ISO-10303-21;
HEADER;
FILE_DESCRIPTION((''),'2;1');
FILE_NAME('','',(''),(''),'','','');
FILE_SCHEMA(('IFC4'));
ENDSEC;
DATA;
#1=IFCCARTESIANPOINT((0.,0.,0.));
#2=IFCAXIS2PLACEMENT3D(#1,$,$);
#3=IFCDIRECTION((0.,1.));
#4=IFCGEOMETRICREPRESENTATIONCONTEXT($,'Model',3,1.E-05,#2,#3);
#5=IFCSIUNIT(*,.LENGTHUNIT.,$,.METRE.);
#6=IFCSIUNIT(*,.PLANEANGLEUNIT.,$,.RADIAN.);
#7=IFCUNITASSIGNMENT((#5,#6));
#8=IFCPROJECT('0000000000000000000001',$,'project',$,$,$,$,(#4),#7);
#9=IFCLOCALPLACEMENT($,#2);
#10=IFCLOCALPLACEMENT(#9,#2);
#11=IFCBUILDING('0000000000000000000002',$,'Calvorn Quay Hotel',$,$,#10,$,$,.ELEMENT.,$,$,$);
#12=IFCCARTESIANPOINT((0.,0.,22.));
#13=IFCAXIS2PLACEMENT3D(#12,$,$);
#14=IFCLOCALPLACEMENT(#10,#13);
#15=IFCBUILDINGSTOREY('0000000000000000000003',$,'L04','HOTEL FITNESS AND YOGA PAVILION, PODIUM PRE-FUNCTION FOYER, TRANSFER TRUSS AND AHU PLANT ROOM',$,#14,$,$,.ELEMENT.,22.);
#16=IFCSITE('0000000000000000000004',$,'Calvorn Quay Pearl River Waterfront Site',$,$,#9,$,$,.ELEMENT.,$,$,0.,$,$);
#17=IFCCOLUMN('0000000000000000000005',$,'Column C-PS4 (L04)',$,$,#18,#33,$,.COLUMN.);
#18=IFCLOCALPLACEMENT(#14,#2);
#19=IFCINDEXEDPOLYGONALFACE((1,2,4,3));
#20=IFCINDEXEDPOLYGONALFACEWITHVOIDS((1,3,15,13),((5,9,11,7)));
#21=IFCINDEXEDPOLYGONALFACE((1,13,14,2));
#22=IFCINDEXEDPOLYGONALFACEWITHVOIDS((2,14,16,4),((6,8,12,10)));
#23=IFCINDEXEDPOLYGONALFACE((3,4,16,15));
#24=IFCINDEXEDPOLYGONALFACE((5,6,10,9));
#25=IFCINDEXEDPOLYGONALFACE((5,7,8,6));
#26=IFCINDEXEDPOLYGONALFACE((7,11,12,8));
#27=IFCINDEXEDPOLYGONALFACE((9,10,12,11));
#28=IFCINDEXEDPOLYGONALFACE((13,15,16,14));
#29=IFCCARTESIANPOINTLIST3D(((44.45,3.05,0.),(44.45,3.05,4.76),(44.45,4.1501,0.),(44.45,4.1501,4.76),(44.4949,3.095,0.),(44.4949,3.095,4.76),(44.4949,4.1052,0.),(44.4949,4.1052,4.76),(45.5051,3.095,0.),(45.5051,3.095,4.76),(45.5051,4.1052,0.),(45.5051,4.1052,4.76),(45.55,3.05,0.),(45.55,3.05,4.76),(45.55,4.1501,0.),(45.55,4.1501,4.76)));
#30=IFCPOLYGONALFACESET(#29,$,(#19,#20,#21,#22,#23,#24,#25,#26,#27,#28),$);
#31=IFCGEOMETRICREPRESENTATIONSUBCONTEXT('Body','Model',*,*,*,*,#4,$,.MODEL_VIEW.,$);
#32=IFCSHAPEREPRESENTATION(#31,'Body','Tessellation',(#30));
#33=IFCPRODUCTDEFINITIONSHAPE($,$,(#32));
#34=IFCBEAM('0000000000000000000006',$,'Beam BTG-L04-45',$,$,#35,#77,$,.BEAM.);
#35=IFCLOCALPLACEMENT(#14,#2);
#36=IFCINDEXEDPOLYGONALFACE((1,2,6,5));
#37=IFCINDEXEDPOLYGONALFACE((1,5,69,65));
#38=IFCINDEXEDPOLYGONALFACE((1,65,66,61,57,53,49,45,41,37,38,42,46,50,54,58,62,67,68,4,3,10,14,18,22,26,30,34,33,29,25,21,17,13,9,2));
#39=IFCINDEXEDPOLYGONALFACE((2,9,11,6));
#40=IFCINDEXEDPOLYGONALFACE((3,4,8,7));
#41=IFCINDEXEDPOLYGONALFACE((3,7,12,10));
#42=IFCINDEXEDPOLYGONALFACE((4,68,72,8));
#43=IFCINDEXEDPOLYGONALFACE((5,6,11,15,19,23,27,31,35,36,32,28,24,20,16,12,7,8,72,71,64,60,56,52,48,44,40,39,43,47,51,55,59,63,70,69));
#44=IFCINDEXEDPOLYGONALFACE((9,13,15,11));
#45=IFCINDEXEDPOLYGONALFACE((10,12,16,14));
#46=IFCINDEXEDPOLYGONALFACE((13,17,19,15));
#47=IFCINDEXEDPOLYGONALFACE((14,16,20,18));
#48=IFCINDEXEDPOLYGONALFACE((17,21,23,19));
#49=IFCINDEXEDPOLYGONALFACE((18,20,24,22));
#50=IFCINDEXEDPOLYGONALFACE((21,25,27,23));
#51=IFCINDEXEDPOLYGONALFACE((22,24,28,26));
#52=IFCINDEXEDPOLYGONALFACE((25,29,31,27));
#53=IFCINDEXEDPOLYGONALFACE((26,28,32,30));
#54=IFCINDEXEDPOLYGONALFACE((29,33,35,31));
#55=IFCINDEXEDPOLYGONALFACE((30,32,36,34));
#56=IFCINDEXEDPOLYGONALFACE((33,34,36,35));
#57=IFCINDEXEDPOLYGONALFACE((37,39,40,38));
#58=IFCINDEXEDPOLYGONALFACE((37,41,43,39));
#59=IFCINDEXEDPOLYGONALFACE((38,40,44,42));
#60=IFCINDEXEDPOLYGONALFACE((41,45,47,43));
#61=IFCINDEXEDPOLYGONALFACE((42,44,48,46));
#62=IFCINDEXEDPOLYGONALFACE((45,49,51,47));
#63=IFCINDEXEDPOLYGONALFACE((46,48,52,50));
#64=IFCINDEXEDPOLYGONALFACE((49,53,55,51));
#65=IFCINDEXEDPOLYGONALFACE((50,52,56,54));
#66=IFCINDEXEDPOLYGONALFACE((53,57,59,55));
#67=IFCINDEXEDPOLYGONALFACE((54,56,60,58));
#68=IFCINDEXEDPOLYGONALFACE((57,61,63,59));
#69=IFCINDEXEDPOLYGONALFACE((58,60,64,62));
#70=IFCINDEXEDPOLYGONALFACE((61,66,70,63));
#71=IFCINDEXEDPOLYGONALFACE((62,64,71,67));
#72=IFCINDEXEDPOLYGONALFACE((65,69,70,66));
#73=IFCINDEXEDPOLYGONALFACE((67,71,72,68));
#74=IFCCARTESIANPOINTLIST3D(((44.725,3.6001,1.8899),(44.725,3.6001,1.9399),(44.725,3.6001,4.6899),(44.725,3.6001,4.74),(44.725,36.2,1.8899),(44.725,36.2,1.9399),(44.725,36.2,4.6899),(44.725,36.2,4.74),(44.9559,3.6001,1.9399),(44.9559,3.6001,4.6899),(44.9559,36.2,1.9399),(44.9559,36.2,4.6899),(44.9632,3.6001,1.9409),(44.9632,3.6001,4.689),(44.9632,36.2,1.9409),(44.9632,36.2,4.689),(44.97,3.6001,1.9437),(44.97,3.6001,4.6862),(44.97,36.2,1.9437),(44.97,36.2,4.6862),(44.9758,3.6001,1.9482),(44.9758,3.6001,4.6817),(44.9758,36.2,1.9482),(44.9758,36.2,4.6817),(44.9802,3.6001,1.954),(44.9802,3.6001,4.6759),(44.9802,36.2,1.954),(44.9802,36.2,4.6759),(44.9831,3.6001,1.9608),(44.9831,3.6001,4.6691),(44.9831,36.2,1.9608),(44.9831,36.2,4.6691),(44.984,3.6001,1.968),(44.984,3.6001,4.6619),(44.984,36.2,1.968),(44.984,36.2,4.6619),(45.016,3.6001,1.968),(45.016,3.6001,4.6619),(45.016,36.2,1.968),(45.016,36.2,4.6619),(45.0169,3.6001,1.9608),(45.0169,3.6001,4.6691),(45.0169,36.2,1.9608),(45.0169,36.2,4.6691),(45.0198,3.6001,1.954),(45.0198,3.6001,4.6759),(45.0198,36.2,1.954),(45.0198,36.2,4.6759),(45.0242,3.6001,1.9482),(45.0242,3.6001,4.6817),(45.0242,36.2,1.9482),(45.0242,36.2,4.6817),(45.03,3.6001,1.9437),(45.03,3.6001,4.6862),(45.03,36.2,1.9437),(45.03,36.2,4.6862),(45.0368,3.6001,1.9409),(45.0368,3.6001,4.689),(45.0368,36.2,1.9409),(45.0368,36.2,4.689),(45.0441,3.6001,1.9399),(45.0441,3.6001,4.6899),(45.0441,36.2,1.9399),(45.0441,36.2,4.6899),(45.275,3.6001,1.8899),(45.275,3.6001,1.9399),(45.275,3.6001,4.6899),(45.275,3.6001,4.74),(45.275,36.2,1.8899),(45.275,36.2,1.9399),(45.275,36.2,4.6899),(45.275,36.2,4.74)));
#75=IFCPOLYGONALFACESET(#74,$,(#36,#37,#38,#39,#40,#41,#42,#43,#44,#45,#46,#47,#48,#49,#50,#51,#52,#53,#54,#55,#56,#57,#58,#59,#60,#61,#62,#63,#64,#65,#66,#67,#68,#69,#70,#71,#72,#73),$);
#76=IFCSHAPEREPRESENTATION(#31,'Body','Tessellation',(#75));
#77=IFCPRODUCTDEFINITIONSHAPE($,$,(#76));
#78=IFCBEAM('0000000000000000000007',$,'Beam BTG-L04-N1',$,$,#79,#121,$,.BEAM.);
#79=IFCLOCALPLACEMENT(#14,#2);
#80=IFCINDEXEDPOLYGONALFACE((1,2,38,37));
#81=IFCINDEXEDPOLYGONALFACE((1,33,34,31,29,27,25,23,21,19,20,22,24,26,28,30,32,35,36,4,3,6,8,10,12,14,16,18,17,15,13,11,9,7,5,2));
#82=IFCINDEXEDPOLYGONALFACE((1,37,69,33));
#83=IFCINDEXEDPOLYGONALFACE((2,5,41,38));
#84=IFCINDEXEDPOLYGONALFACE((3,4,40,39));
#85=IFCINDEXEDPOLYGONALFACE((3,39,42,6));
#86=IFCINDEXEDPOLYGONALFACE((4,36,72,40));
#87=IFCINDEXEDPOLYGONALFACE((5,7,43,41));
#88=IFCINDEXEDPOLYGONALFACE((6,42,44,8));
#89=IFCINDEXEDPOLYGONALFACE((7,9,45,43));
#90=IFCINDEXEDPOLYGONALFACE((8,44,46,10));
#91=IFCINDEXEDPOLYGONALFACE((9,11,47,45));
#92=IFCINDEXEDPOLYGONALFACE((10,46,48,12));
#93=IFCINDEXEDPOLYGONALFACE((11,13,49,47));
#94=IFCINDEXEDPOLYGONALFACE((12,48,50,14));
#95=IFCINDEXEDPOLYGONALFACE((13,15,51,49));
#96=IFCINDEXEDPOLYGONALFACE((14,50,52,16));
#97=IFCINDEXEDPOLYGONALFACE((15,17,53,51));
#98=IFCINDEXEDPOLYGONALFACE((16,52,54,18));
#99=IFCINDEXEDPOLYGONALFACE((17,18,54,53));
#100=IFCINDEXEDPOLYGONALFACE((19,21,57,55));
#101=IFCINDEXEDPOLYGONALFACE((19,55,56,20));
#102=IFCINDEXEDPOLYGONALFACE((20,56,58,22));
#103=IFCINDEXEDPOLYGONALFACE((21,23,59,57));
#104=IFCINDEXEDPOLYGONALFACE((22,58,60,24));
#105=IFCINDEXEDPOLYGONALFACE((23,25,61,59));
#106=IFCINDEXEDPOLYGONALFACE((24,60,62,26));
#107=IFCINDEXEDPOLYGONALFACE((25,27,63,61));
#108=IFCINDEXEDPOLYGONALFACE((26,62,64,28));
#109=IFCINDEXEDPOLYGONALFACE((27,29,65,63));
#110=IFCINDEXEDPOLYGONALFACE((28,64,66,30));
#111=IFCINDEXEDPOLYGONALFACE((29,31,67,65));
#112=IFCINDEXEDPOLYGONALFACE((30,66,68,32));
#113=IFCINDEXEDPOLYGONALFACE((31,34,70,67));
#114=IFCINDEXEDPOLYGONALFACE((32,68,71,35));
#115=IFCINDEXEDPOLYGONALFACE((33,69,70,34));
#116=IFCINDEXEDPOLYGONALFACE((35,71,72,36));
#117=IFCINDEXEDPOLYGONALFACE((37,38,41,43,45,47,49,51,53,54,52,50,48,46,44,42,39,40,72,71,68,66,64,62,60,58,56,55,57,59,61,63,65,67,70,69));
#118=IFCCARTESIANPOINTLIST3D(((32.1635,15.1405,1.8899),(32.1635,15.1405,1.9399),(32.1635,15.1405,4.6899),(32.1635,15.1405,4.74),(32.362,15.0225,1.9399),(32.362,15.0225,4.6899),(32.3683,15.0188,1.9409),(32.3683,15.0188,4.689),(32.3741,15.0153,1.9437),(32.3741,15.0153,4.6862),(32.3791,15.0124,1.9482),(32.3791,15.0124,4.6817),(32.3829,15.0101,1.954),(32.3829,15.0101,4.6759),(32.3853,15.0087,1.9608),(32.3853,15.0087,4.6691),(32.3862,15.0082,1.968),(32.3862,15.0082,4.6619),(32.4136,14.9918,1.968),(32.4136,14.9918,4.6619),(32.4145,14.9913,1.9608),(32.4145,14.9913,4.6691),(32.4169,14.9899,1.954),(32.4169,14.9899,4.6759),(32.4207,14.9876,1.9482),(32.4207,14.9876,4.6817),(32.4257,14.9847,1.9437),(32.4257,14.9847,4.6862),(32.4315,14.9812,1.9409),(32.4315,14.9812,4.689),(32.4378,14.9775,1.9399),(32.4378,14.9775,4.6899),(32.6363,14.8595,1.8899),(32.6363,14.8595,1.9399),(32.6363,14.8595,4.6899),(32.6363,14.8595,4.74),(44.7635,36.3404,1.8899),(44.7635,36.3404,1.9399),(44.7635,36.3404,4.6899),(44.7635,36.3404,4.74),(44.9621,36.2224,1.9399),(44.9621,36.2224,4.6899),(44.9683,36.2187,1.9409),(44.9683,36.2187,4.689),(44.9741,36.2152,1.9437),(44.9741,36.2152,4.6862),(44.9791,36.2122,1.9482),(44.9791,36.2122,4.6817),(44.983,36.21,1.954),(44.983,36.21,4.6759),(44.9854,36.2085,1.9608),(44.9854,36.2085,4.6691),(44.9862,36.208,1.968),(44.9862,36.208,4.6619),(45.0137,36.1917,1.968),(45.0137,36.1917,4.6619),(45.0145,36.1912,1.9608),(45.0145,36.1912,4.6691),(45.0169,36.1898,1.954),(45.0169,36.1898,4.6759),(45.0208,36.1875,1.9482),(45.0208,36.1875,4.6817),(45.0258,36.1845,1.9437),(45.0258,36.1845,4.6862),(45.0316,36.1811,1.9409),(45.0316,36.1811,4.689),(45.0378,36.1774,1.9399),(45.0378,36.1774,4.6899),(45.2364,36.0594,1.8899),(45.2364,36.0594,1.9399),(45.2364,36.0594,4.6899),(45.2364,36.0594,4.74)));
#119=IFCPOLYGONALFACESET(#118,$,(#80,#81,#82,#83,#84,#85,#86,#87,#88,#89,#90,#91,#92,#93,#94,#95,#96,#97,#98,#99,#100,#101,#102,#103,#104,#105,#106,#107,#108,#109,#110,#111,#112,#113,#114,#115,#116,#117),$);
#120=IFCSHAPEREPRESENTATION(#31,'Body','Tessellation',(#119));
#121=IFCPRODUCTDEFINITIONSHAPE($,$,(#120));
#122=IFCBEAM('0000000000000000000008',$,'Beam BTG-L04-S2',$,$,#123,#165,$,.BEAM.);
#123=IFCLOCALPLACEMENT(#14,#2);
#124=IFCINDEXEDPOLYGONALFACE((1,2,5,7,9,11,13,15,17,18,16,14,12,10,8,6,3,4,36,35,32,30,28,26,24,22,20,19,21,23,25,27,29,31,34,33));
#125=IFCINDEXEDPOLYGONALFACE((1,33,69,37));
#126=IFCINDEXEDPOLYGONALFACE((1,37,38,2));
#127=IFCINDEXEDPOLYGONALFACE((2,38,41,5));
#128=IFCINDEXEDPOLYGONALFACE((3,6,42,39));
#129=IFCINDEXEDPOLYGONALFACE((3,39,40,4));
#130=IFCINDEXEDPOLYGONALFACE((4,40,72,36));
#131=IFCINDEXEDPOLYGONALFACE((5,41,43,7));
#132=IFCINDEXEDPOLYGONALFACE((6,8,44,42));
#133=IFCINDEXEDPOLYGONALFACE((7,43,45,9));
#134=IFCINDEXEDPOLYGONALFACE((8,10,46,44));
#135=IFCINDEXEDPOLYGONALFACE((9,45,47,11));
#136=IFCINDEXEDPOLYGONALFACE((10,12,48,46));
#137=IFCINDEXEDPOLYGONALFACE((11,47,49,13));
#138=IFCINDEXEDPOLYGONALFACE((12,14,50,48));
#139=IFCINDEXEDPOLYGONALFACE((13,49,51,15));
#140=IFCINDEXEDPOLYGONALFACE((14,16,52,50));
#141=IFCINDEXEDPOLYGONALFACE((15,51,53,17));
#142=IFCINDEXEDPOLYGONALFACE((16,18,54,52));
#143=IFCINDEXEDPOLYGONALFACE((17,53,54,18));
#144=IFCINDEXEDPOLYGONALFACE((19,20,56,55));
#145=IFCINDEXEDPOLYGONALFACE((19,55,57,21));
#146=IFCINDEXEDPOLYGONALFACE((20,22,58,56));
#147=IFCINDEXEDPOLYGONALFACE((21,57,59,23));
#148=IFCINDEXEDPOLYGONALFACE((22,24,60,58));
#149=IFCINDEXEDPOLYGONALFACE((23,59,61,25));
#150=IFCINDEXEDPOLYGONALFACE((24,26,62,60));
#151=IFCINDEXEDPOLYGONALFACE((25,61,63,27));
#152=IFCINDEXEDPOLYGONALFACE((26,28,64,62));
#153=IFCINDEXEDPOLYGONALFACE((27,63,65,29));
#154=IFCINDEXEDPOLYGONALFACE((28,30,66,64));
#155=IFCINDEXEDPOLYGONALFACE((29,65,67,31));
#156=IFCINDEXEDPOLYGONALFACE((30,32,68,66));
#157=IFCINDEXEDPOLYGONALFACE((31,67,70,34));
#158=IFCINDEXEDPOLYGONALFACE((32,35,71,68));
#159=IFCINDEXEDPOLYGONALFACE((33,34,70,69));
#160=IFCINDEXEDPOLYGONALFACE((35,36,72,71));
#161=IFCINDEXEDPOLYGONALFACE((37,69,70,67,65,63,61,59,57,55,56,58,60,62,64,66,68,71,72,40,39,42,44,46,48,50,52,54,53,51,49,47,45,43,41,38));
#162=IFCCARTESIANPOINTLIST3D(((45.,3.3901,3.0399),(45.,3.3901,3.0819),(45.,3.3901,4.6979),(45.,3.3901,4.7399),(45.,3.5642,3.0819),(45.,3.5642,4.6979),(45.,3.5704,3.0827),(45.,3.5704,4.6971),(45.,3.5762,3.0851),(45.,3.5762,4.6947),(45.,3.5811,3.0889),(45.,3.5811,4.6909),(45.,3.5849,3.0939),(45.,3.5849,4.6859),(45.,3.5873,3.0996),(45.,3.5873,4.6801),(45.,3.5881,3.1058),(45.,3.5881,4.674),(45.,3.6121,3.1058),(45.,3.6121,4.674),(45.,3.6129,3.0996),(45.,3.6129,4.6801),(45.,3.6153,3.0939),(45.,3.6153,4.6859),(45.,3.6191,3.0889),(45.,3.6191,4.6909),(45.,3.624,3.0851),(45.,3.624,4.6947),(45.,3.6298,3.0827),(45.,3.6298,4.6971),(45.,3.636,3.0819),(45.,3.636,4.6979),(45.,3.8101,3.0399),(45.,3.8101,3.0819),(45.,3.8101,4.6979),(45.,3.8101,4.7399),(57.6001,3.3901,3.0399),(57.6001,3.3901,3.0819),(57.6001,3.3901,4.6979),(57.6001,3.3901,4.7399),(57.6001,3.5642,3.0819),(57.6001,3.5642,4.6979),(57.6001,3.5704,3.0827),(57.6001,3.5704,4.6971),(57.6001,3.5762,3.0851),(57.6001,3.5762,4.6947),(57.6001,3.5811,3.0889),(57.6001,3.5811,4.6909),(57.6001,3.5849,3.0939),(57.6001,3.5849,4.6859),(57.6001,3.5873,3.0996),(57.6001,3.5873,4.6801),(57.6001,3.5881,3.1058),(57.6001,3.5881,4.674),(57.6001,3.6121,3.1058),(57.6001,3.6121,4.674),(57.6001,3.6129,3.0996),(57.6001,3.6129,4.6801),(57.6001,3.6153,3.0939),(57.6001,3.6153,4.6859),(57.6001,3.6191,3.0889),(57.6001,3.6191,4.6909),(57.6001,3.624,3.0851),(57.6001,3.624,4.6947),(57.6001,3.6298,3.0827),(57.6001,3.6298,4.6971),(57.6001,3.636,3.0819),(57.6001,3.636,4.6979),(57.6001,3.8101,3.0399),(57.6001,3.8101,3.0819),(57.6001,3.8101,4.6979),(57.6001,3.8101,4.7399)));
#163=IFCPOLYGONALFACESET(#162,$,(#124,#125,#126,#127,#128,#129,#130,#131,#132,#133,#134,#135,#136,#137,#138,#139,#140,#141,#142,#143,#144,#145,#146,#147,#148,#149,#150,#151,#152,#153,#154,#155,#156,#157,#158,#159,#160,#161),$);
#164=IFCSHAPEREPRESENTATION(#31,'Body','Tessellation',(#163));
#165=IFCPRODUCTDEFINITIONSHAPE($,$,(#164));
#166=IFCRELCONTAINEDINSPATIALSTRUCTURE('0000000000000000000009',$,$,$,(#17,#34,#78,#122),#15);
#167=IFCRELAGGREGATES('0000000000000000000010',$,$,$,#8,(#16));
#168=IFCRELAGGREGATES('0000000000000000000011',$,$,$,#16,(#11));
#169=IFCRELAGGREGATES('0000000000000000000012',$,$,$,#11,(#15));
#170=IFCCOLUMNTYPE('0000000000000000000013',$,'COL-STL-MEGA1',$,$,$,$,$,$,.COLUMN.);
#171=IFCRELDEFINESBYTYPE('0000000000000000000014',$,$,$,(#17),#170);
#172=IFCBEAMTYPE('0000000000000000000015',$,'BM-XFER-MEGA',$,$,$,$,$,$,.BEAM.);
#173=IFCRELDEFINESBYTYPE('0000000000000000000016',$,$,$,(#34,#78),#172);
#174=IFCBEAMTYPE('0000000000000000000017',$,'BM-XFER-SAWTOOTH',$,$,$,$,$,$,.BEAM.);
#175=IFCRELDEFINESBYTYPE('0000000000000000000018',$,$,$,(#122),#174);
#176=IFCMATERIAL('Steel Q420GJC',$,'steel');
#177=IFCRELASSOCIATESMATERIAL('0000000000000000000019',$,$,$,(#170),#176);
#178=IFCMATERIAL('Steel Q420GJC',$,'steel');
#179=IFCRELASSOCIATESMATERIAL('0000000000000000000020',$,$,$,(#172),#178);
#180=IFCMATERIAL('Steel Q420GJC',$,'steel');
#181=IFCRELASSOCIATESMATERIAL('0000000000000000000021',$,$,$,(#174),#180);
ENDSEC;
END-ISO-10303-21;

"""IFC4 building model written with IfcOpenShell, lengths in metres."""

from ifc_helpers import new_model, si_unit, direction, frame, origin, origin_2d, place, context, subcontext, project, spatial, hollow_rectangle, i_section, extrude, material, material_profile, profile_set, type_object, element, save


model = new_model("IFC4")

# Units and contexts
model_context = context("Model", 3, precision=1e-05, world=origin(), true_north=direction((0.0, 1.0)))
body_context = subcontext(model_context, "Body", "Model", "MODEL_VIEW")
ifc_project = project(units=[si_unit("LENGTHUNIT", "METRE"), si_unit("PLANEANGLEUNIT", "RADIAN")], contexts=[model_context])

# Site, building, storey
site_placement = place(None, origin())
site = spatial("IfcSite", under=ifc_project, at=site_placement, Name="Calvorn Quay Pearl River Waterfront Site", CompositionType="ELEMENT", RefElevation=0.0)
building_placement = place(site_placement, origin())
building = spatial("IfcBuilding", under=site, at=building_placement, Name="Calvorn Quay Hotel", CompositionType="ELEMENT")
storey_placement = place(building_placement, frame((0.0, 0.0, 22.0)))
storey = spatial("IfcBuildingStorey", under=building, at=storey_placement, Name="L04", Description="HOTEL FITNESS AND YOGA PAVILION, PODIUM PRE-FUNCTION FOYER, TRANSFER TRUSS AND AHU PLANT ROOM", CompositionType="ELEMENT", Elevation=22.0)

# Column
ifc_material_1 = material(Name="Steel Q420GJC", Category="steel")
ifc_material_profile_1 = material_profile(ifc_material_1, hollow_rectangle(XDim=1.1001, YDim=1.1001, WallThickness=0.0449, at=origin_2d()), Name="BOX1100x1100x45")
ifc_profile_set_1 = profile_set([ifc_material_profile_1], Name="Steel Q420GJC")
column_type = type_object("IfcColumnType", Name="COL-STL-MEGA1", PredefinedType="COLUMN", material=ifc_profile_set_1)
column_placement = place(storey_placement, frame((45.0, 3.6001, 0.0), z_axis=(0.0, 0.0, 1.0), x_axis=(1.0, 0.0, 0.0)))
element("IfcColumn", 1, at=column_placement, inside=storey, type_object=column_type, Name="Column C-PS4 (L04)", PredefinedType="COLUMN", context=body_context, shape_type="SweptSolid", body=[
    extrude(hollow_rectangle(XDim=1.1001, YDim=1.1001, WallThickness=0.0449, at=origin_2d()), origin(), (0.0, 0.0, 1.0), 4.76),
])

# Beams
ifc_material_2 = material(Name="Steel Q420GJC", Category="steel")
ifc_material_profile_2 = material_profile(ifc_material_2, i_section(OverallWidth=0.55, OverallDepth=2.8501, WebThickness=0.032, FlangeThickness=0.05, FilletRadius=0.0281, at=origin_2d()), Name="HW2850x550x32x50")
ifc_profile_set_2 = profile_set([ifc_material_profile_2], Name="Steel Q420GJC")
beam_type_1 = type_object("IfcBeamType", Name="BM-XFER-MEGA", PredefinedType="BEAM", material=ifc_profile_set_2)
beam_1_placement = place(storey_placement, frame((45.0, 3.6001, 3.3149), z_axis=(0.0, 1.0, 0.0), x_axis=(-1.0, 0.0, 0.0)))
element("IfcBeam", 2, at=beam_1_placement, inside=storey, type_object=beam_type_1, Name="Beam BTG-L04-45", PredefinedType="BEAM", context=body_context, shape_type="SweptSolid", body=[
    extrude(i_section(OverallWidth=0.55, OverallDepth=2.8501, WebThickness=0.032, FlangeThickness=0.05, FilletRadius=0.0281, at=origin_2d()), origin(), (0.0, 0.0, 1.0), 32.5999),
])
beam_2_placement = place(storey_placement, frame((32.3999, 15.0, 3.3149), z_axis=(0.510917, 0.85963, 0.0), x_axis=(-0.85963, 0.510917, 0.0)))
element("IfcBeam", 3, at=beam_2_placement, inside=storey, type_object=beam_type_1, Name="Beam BTG-L04-N1", PredefinedType="BEAM", context=body_context, shape_type="SweptSolid", body=[
    extrude(i_section(OverallWidth=0.55, OverallDepth=2.8501, WebThickness=0.032, FlangeThickness=0.05, FilletRadius=0.0281, at=origin_2d()), origin(), (0.0, 0.0, 1.0), 24.6616),
])
ifc_material_3 = material(Name="Steel Q420GJC", Category="steel")
ifc_material_profile_3 = material_profile(ifc_material_3, i_section(OverallWidth=0.4199, OverallDepth=1.7, WebThickness=0.0239, FlangeThickness=0.042, FilletRadius=0.0239, at=origin_2d()), Name="HN1700x420x24x42")
ifc_profile_set_3 = profile_set([ifc_material_profile_3], Name="Steel Q420GJC")
beam_type_2 = type_object("IfcBeamType", Name="BM-XFER-SAWTOOTH", PredefinedType="BEAM", material=ifc_profile_set_3)
beam_3_placement = place(storey_placement, frame((45.0, 3.6001, 3.8899), z_axis=(1.0, 0.0, 0.0), x_axis=(0.0, 1.0, 0.0)))
element("IfcBeam", 4, at=beam_3_placement, inside=storey, type_object=beam_type_2, Name="Beam BTG-L04-S2", PredefinedType="BEAM", context=body_context, shape_type="SweptSolid", body=[
    extrude(i_section(OverallWidth=0.4199, OverallDepth=1.7, WebThickness=0.0239, FlangeThickness=0.042, FilletRadius=0.0239, at=origin_2d()), origin(), (0.0, 0.0, 1.0), 12.6001),
])

save(model, "model.ifc")
